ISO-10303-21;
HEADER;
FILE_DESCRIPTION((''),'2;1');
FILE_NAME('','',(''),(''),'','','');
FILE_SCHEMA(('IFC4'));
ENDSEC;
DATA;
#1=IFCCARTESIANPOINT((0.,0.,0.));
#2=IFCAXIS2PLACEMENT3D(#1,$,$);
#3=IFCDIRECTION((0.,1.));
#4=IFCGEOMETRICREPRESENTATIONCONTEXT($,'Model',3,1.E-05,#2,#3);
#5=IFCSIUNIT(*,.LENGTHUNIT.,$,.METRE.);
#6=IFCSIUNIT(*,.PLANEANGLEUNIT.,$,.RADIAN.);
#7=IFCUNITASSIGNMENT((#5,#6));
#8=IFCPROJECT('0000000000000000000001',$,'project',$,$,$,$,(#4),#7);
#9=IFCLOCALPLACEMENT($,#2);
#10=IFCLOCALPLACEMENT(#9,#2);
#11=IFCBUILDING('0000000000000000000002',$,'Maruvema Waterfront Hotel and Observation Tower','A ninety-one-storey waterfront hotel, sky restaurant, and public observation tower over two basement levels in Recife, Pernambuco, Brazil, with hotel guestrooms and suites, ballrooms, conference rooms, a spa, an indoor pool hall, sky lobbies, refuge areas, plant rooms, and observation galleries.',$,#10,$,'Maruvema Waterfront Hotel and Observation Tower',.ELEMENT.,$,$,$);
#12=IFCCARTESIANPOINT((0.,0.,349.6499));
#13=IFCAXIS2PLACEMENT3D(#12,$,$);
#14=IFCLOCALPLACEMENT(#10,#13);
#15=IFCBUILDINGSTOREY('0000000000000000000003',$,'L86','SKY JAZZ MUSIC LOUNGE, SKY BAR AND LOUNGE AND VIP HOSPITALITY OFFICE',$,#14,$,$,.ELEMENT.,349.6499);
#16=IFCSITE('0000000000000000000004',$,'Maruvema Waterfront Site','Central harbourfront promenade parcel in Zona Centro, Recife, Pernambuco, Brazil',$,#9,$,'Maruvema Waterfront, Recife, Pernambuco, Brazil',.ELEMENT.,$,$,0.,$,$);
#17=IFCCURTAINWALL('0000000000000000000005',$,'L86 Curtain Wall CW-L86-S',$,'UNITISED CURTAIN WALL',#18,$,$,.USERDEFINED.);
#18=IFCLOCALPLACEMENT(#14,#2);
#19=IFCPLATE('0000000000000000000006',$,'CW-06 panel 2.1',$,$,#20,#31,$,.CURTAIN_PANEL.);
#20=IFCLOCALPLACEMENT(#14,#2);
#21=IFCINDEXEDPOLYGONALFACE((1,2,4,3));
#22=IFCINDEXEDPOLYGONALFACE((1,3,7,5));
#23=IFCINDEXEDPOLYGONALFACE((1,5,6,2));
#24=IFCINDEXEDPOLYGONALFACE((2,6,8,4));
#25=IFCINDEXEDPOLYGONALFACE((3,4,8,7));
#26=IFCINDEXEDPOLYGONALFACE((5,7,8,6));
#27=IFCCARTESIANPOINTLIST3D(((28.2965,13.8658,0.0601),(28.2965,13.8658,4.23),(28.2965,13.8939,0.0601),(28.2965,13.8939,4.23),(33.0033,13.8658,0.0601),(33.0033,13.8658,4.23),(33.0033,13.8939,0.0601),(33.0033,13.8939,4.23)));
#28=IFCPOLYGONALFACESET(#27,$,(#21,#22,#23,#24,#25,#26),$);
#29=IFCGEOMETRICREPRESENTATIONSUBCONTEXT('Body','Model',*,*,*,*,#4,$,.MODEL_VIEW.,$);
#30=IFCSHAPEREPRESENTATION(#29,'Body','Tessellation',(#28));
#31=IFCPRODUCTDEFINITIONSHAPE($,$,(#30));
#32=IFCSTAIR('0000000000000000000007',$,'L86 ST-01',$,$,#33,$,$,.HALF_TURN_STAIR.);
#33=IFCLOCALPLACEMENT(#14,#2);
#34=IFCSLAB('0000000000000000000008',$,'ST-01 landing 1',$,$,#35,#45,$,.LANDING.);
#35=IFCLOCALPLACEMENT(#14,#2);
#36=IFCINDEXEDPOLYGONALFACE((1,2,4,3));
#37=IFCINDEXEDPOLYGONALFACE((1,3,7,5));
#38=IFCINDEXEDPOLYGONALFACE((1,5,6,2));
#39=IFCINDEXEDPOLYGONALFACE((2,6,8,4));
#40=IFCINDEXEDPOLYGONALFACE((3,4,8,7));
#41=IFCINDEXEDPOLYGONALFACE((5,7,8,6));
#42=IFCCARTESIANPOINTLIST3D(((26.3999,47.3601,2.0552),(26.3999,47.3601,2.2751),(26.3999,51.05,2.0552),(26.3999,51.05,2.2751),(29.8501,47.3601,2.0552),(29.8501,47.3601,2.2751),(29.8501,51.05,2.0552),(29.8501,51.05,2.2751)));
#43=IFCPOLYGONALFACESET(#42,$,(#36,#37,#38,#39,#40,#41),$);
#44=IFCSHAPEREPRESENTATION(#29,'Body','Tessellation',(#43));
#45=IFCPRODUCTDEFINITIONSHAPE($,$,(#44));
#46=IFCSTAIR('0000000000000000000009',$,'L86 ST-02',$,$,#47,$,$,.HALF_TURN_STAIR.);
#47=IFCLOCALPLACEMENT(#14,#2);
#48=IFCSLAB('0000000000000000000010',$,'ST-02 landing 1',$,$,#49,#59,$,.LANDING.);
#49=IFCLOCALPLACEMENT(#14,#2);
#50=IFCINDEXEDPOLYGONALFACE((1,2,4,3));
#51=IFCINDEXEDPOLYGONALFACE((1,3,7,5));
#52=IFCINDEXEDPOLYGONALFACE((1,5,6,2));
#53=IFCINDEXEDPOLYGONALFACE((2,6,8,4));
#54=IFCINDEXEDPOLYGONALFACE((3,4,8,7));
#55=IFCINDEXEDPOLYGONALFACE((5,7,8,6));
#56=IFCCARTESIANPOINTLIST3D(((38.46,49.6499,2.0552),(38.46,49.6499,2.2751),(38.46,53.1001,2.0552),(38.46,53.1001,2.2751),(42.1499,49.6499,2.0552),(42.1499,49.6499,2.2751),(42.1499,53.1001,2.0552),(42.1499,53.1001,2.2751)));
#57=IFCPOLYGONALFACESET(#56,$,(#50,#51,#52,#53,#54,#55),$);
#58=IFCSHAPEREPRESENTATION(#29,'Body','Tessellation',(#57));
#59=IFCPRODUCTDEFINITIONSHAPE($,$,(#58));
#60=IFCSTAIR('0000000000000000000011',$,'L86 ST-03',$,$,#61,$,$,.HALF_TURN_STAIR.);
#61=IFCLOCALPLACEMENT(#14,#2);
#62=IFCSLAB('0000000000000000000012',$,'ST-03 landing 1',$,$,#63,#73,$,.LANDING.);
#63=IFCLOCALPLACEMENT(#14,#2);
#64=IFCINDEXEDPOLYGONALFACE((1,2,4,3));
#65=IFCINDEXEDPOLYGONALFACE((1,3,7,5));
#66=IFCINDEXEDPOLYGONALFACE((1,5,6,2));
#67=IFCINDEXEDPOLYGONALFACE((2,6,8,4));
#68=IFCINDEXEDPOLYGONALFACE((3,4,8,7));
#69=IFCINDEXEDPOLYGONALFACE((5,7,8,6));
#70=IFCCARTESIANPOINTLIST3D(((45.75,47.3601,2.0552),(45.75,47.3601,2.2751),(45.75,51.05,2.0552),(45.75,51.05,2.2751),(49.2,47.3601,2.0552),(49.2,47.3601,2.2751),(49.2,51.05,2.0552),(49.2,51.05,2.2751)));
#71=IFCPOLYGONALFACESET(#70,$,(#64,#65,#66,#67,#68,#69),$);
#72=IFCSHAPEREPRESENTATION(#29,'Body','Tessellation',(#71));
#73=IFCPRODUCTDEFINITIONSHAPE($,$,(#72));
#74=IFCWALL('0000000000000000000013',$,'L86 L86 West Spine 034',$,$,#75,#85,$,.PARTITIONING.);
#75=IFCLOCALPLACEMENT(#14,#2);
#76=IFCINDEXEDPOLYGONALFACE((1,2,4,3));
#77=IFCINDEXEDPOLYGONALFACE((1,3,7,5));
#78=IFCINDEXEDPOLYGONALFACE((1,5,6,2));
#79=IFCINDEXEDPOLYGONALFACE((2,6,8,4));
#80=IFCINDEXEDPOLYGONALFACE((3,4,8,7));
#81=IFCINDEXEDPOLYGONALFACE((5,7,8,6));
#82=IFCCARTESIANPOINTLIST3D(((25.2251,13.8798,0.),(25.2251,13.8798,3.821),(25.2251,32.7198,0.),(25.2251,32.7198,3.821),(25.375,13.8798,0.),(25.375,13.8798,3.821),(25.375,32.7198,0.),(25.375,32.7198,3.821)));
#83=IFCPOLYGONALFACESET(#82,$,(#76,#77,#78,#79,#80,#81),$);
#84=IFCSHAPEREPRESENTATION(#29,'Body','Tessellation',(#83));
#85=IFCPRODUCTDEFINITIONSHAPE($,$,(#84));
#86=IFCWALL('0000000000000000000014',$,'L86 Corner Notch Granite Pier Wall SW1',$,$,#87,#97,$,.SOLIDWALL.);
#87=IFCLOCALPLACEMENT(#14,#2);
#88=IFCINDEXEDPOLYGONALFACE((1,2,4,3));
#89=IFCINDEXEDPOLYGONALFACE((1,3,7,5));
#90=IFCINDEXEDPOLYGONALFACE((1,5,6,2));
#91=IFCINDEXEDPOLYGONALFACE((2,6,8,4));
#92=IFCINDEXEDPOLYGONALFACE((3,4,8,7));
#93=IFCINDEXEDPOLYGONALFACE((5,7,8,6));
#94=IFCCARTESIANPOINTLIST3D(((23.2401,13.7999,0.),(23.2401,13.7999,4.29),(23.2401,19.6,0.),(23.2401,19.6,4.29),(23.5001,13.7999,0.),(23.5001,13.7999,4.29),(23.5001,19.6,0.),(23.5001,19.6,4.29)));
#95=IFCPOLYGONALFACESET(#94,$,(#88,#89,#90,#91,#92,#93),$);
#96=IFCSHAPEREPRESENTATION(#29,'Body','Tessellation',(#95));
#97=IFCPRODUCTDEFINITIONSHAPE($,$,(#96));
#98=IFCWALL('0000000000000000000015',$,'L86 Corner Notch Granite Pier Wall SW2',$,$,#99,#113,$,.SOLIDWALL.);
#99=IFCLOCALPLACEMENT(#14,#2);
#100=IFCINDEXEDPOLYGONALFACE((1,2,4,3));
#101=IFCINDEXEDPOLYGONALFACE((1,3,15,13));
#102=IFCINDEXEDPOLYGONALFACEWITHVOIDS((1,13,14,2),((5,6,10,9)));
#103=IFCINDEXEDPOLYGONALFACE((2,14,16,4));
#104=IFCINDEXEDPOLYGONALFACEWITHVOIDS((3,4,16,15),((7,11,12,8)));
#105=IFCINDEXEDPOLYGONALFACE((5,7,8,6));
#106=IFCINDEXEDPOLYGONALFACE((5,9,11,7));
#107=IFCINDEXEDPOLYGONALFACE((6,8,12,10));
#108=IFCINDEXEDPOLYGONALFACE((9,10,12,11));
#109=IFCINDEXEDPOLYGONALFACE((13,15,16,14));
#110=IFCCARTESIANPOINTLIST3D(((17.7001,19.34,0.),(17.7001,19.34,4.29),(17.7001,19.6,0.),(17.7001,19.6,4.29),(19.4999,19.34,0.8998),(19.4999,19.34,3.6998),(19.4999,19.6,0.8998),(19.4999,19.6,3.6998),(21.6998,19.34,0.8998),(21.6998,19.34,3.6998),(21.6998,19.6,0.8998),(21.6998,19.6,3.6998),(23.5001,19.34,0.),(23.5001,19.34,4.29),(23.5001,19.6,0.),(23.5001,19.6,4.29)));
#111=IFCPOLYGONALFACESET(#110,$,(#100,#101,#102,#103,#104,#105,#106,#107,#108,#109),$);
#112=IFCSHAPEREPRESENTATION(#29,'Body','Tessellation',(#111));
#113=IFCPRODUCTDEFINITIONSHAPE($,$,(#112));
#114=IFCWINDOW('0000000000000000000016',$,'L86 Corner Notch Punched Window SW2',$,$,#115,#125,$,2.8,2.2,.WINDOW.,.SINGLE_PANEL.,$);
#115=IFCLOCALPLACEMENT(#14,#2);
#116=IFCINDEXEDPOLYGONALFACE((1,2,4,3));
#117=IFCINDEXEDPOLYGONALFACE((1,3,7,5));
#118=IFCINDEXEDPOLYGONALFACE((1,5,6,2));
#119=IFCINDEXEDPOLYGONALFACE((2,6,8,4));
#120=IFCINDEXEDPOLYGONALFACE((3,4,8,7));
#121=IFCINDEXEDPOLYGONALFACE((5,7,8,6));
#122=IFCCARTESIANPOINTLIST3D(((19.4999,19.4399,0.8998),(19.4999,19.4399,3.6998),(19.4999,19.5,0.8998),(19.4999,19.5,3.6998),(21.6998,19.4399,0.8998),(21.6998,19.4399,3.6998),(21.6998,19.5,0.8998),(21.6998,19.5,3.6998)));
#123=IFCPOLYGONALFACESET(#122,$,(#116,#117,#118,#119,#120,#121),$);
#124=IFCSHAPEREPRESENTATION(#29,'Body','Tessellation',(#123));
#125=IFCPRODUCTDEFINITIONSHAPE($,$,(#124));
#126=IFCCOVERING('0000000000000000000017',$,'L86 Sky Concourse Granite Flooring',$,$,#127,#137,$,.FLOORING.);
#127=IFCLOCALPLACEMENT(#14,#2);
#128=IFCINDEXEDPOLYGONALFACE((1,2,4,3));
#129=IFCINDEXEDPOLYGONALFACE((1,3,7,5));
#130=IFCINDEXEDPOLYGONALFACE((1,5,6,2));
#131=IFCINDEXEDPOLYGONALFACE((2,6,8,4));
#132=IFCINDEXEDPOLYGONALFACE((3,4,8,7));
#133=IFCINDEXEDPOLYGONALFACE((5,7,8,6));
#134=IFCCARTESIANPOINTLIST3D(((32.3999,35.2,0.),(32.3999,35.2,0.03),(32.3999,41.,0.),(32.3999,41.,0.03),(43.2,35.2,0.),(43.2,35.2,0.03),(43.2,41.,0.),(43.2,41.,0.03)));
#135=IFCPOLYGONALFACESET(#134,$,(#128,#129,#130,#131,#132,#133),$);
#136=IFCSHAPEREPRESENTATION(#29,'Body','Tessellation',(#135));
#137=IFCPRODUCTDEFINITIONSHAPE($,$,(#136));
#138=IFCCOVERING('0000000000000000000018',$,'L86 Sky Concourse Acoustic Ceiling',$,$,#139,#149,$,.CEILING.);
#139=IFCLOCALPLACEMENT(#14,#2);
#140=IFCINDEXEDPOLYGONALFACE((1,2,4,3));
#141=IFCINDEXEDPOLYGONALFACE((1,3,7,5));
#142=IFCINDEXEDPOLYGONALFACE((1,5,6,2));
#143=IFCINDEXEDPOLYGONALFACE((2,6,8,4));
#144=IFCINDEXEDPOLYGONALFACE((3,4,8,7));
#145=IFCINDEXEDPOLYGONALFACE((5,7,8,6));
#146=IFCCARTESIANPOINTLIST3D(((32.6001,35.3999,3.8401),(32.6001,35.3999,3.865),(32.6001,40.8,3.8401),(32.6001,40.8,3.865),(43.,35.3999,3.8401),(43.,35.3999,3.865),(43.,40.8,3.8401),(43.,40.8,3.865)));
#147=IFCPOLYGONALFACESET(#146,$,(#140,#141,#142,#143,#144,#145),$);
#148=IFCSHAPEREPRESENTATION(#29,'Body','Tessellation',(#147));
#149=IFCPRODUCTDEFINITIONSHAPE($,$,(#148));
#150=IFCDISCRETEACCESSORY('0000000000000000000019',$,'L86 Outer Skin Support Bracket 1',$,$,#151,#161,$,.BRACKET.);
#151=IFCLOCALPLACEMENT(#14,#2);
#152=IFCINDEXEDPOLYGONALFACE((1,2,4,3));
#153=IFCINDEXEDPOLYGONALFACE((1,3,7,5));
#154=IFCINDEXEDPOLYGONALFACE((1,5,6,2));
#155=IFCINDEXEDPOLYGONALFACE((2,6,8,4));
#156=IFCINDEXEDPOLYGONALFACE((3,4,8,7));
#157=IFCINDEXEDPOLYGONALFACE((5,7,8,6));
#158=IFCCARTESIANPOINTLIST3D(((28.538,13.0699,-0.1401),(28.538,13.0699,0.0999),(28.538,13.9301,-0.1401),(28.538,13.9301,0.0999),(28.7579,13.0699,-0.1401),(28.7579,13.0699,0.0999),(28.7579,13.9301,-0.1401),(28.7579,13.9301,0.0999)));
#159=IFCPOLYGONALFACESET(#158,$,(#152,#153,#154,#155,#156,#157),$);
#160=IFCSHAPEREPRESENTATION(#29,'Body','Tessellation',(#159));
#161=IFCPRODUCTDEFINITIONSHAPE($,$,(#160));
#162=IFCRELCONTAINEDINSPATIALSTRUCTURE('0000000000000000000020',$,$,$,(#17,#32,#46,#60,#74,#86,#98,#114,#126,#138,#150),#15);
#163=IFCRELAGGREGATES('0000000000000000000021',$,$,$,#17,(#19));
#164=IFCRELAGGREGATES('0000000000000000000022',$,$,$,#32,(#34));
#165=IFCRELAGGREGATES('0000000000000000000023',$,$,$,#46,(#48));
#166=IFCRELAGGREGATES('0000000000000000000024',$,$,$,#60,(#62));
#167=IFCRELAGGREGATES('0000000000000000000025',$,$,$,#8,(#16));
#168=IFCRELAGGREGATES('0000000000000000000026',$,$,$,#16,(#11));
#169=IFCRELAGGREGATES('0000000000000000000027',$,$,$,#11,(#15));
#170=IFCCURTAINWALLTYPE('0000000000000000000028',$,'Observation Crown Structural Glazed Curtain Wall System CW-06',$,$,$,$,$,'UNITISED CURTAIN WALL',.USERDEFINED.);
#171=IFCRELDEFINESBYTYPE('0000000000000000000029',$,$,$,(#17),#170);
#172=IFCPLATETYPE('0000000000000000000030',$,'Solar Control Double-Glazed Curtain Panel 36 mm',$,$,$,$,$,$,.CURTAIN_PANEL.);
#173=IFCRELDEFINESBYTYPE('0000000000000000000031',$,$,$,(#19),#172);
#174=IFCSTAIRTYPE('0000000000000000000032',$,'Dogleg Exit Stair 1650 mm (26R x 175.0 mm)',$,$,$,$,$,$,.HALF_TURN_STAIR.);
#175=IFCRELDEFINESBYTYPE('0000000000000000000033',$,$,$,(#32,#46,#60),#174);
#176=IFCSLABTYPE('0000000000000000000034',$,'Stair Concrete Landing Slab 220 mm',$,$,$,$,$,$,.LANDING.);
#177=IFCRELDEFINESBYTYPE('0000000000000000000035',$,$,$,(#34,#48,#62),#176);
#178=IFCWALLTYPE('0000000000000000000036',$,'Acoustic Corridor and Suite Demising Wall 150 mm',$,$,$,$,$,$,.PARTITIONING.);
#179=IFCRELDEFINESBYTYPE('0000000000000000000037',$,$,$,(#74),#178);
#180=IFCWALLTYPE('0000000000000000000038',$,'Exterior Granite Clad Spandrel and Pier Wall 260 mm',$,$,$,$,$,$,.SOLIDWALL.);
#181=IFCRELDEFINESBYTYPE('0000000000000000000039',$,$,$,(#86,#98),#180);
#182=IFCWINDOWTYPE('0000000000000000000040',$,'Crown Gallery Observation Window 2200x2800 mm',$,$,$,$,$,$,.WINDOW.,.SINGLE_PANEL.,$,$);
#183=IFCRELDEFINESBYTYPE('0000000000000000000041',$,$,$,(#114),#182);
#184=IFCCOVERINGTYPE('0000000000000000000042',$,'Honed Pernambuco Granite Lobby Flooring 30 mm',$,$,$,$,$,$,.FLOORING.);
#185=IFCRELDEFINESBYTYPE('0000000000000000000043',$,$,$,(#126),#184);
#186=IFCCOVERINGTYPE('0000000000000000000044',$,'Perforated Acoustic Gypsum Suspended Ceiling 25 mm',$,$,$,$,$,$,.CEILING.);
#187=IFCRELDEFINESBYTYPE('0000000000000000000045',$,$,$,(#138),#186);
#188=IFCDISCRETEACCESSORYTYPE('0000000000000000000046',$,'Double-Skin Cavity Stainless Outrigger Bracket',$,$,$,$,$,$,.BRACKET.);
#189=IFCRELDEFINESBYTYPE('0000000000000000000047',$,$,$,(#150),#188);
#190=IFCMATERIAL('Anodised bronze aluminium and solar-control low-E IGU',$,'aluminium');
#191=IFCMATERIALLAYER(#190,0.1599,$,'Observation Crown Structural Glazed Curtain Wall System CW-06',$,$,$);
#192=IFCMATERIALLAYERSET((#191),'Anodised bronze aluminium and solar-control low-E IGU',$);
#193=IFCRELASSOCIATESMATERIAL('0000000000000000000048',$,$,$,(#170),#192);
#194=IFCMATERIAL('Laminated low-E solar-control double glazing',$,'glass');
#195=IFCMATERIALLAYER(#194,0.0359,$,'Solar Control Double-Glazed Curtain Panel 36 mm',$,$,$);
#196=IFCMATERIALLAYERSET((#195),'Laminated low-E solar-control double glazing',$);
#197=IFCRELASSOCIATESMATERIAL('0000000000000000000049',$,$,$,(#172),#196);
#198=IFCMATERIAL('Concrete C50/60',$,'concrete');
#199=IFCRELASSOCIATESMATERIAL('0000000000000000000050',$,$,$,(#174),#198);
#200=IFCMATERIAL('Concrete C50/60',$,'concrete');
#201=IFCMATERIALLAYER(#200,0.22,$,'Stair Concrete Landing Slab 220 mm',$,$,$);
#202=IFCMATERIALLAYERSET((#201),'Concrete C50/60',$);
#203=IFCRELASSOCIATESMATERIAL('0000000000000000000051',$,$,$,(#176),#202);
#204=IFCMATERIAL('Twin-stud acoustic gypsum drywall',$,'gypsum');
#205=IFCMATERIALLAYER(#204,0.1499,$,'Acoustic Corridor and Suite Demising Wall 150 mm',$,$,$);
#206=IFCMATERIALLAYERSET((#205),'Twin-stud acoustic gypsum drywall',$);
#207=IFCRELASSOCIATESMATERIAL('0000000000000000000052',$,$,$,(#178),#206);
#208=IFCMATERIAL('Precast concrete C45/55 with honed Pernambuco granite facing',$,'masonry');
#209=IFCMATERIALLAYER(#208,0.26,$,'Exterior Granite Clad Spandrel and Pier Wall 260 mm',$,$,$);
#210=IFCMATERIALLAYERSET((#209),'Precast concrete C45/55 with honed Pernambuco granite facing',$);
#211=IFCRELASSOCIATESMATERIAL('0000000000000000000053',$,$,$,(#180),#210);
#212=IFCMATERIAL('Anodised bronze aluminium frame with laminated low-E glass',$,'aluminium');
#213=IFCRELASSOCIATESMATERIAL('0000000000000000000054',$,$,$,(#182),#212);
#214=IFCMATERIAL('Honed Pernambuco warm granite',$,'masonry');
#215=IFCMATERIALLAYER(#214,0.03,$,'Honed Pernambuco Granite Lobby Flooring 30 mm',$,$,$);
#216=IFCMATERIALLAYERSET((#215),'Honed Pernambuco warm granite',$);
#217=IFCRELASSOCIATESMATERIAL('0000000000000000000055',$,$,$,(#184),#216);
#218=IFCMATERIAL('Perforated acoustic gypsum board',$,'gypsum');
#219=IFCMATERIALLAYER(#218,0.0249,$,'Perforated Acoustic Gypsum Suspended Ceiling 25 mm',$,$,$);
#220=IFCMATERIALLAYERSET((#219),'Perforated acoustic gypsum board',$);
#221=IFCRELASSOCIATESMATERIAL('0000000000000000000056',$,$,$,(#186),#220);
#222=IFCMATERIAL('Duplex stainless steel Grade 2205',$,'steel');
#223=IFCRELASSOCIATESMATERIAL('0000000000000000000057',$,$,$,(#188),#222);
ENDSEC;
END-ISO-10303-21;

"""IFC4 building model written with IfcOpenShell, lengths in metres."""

from ifc_helpers import new_model, si_unit, direction, frame, frame_2d, origin, origin_2d, place, context, subcontext, project, spatial, polyline, rectangle, outline, extrude, material, layer, layer_set, type_object, element, fill, aggregate, save


model = new_model("IFC4")

# Units and contexts
model_context = context("Model", 3, precision=1e-05, world=origin(), true_north=direction((0.0, 1.0)))
body_context = subcontext(model_context, "Body", "Model", "MODEL_VIEW")
ifc_project = project(units=[si_unit("LENGTHUNIT", "METRE"), si_unit("PLANEANGLEUNIT", "RADIAN")], contexts=[model_context])

# Site, building, storey
site_placement = place(None, origin())
site = spatial("IfcSite", under=ifc_project, at=site_placement, Name="Maruvema Waterfront Site", Description="Central harbourfront promenade parcel in Zona Centro, Recife, Pernambuco, Brazil", LongName="Maruvema Waterfront, Recife, Pernambuco, Brazil", CompositionType="ELEMENT", RefElevation=0.0)
building_placement = place(site_placement, origin())
building = spatial("IfcBuilding", under=site, at=building_placement, Name="Maruvema Waterfront Hotel and Observation Tower", Description="A ninety-one-storey waterfront hotel, sky restaurant, and public observation tower over two basement levels in Recife, Pernambuco, Brazil, with hotel guestrooms and suites, ballrooms, conference rooms, a spa, an indoor pool hall, sky lobbies, refuge areas, plant rooms, and observation galleries.", LongName="Maruvema Waterfront Hotel and Observation Tower", CompositionType="ELEMENT")
storey_placement = place(building_placement, frame((0.0, 0.0, 349.6499)))
storey = spatial("IfcBuildingStorey", under=building, at=storey_placement, Name="L86", Description="SKY JAZZ MUSIC LOUNGE, SKY BAR AND LOUNGE AND VIP HOSPITALITY OFFICE", CompositionType="ELEMENT", Elevation=349.6499)

# Curtain wall
ifc_material_1 = material(Name="Anodised bronze aluminium and solar-control low-E IGU", Category="aluminium")
ifc_layer_1 = layer(ifc_material_1, 0.1599, Name="Observation Crown Structural Glazed Curtain Wall System CW-06")
ifc_layer_set_1 = layer_set([ifc_layer_1], Name="Anodised bronze aluminium and solar-control low-E IGU")
curtain_wall_type = type_object("IfcCurtainWallType", Name="Observation Crown Structural Glazed Curtain Wall System CW-06", ElementType="UNITISED CURTAIN WALL", PredefinedType="USERDEFINED", material=ifc_layer_set_1)
curtain_wall_placement = place(storey_placement, origin())
curtain_wall = element("IfcCurtainWall", 1, at=curtain_wall_placement, inside=storey, type_object=curtain_wall_type, Name="L86 Curtain Wall CW-L86-S", ObjectType="UNITISED CURTAIN WALL", PredefinedType="USERDEFINED")

# Plate
ifc_material_2 = material(Name="Laminated low-E solar-control double glazing", Category="glass")
ifc_layer_2 = layer(ifc_material_2, 0.0359, Name="Solar Control Double-Glazed Curtain Panel 36 mm")
ifc_layer_set_2 = layer_set([ifc_layer_2], Name="Laminated low-E solar-control double glazing")
plate_type = type_object("IfcPlateType", Name="Solar Control Double-Glazed Curtain Panel 36 mm", PredefinedType="CURTAIN_PANEL", material=ifc_layer_set_2)
plate_1_placement = place(storey_placement, frame((30.6499, 13.8799, 0.0601), z_axis=(0.0, 0.0, 1.0), x_axis=(1.0, 0.0, 0.0)))
plate_1 = element("IfcPlate", 2, at=plate_1_placement, type_object=plate_type, Name="CW-06 panel 2.1", PredefinedType="CURTAIN_PANEL", context=body_context, shape_type="SweptSolid", body=[
    extrude(rectangle(XDim=4.7068, YDim=0.0281, at=origin_2d()), origin(), (0.0, 0.0, 1.0), 4.1699),
])
aggregate(curtain_wall, [plate_1])

# Stairs, slabs
ifc_material_3 = material(Name="Concrete C50/60", Category="concrete")
stair_type = type_object("IfcStairType", Name="Dogleg Exit Stair 1650 mm (26R x 175.0 mm)", PredefinedType="HALF_TURN_STAIR", material=ifc_material_3)
stair_1_placement = place(storey_placement, origin())
stair_1 = element("IfcStair", 3, at=stair_1_placement, inside=storey, type_object=stair_type, Name="L86 ST-01", PredefinedType="HALF_TURN_STAIR")
ifc_material_4 = material(Name="Concrete C50/60", Category="concrete")
ifc_layer_3 = layer(ifc_material_4, 0.22, Name="Stair Concrete Landing Slab 220 mm")
ifc_layer_set_3 = layer_set([ifc_layer_3], Name="Concrete C50/60")
slab_type_1 = type_object("IfcSlabType", Name="Stair Concrete Landing Slab 220 mm", PredefinedType="LANDING", material=ifc_layer_set_3)
slab_1_placement = place(storey_placement, frame((0.0, 0.0, 2.0552)))
slab_1 = element("IfcSlab", 4, at=slab_1_placement, type_object=slab_type_1, Name="ST-01 landing 1", PredefinedType="LANDING", context=body_context, shape_type="SweptSolid", body=[
    extrude(outline(polyline([(29.8501, 47.3601), (29.8501, 51.05), (26.3999, 51.05), (26.3999, 47.3601), (29.8501, 47.3601)])), origin(), (0.0, 0.0, 1.0), 0.22),
])
aggregate(stair_1, [slab_1])
stair_2_placement = place(storey_placement, origin())
stair_2 = element("IfcStair", 5, at=stair_2_placement, inside=storey, type_object=stair_type, Name="L86 ST-02", PredefinedType="HALF_TURN_STAIR")
slab_2_placement = place(storey_placement, frame((0.0, 0.0, 2.0552)))
slab_2 = element("IfcSlab", 6, at=slab_2_placement, type_object=slab_type_1, Name="ST-02 landing 1", PredefinedType="LANDING", context=body_context, shape_type="SweptSolid", body=[
    extrude(outline(polyline([(38.46, 49.6499), (42.1499, 49.6499), (42.1499, 53.1001), (38.46, 53.1001), (38.46, 49.6499)])), origin(), (0.0, 0.0, 1.0), 0.22),
])
aggregate(stair_2, [slab_2])
stair_3_placement = place(storey_placement, origin())
stair_3 = element("IfcStair", 7, at=stair_3_placement, inside=storey, type_object=stair_type, Name="L86 ST-03", PredefinedType="HALF_TURN_STAIR")
slab_3_placement = place(storey_placement, frame((0.0, 0.0, 2.0552)))
slab_3 = element("IfcSlab", 8, at=slab_3_placement, type_object=slab_type_1, Name="ST-03 landing 1", PredefinedType="LANDING", context=body_context, shape_type="SweptSolid", body=[
    extrude(outline(polyline([(49.2, 47.3601), (49.2, 51.05), (45.75, 51.05), (45.75, 47.3601), (49.2, 47.3601)])), origin(), (0.0, 0.0, 1.0), 0.22),
])
aggregate(stair_3, [slab_3])

# Walls
ifc_material_5 = material(Name="Twin-stud acoustic gypsum drywall", Category="gypsum")
ifc_layer_4 = layer(ifc_material_5, 0.1499, Name="Acoustic Corridor and Suite Demising Wall 150 mm")
ifc_layer_set_4 = layer_set([ifc_layer_4], Name="Twin-stud acoustic gypsum drywall")
wall_type_1 = type_object("IfcWallType", Name="Acoustic Corridor and Suite Demising Wall 150 mm", PredefinedType="PARTITIONING", material=ifc_layer_set_4)
wall_1_placement = place(storey_placement, frame((25.3, 13.8799, 0.0), z_axis=(0.0, 0.0, 1.0), x_axis=(0.0, 1.0, 0.0)))
element("IfcWall", 9, at=wall_1_placement, inside=storey, type_object=wall_type_1, Name="L86 L86 West Spine 034", PredefinedType="PARTITIONING", context=body_context, shape_type="SweptSolid", body=[
    extrude(rectangle(XDim=18.8401, YDim=0.1499, at=frame_2d((9.4199, 0.0))), origin(), (0.0, 0.0, 1.0), 3.821),
])
ifc_material_6 = material(Name="Precast concrete C45/55 with honed Pernambuco granite facing", Category="masonry")
ifc_layer_5 = layer(ifc_material_6, 0.26, Name="Exterior Granite Clad Spandrel and Pier Wall 260 mm")
ifc_layer_set_5 = layer_set([ifc_layer_5], Name="Precast concrete C45/55 with honed Pernambuco granite facing")
wall_type_2 = type_object("IfcWallType", Name="Exterior Granite Clad Spandrel and Pier Wall 260 mm", PredefinedType="SOLIDWALL", material=ifc_layer_set_5)
wall_2_placement = place(storey_placement, frame((23.3701, 13.8, 0.0), z_axis=(0.0, 0.0, 1.0), x_axis=(0.0, 1.0, 0.0)))
element("IfcWall", 10, at=wall_2_placement, inside=storey, type_object=wall_type_2, Name="L86 Corner Notch Granite Pier Wall SW1", PredefinedType="SOLIDWALL", context=body_context, shape_type="SweptSolid", body=[
    extrude(rectangle(XDim=5.8, YDim=0.26, at=frame_2d((2.8999, 0.0))), origin(), (0.0, 0.0, 1.0), 4.29),
])

# Wall, opening, window
wall_3_placement = place(storey_placement, frame((23.5, 19.47, 0.0), z_axis=(0.0, 0.0, 1.0), x_axis=(-1.0, 0.0, 0.0)))
wall_3 = element("IfcWall", 11, at=wall_3_placement, inside=storey, type_object=wall_type_2, Name="L86 Corner Notch Granite Pier Wall SW2", PredefinedType="SOLIDWALL", context=body_context, shape_type="SweptSolid", body=[
    extrude(rectangle(XDim=5.8, YDim=0.26, at=frame_2d((2.8999, 0.0))), origin(), (0.0, 0.0, 1.0), 4.29),
])
opening_placement = place(wall_3_placement, frame((1.8, 0.0, 0.8999)))
opening = element("IfcOpeningElement", 12, at=opening_placement, cuts=wall_3, PredefinedType="OPENING", context=body_context, shape_type="SweptSolid", body=[
    extrude(rectangle(XDim=2.2, YDim=2.8, at=frame_2d((1.1001, 1.3999))), frame((0.0, 0.1401, 0.0), z_axis=(0.0, -1.0, 0.0), x_axis=(1.0, 0.0, 0.0)), (0.0, 0.0, 1.0), 0.28),
])
ifc_material_7 = material(Name="Anodised bronze aluminium frame with laminated low-E glass", Category="aluminium")
window_type = type_object("IfcWindowType", Name="Crown Gallery Observation Window 2200x2800 mm", PartitioningType="SINGLE_PANEL", PredefinedType="WINDOW", material=ifc_material_7)
window_placement = place(opening_placement, origin())
window = element("IfcWindow", 13, at=window_placement, inside=storey, type_object=window_type, Name="L86 Corner Notch Punched Window SW2", OverallHeight=2.8, OverallWidth=2.2, PartitioningType="SINGLE_PANEL", PredefinedType="WINDOW", context=body_context, shape_type="SweptSolid", body=[
    extrude(rectangle(XDim=2.2, YDim=2.8, at=frame_2d((1.1001, 1.3999))), frame((0.0, 0.03, 0.0), z_axis=(0.0, -1.0, 0.0), x_axis=(1.0, 0.0, 0.0)), (0.0, 0.0, 1.0), 0.0601),
])
fill(opening, window)

# Coverings
ifc_material_8 = material(Name="Honed Pernambuco warm granite", Category="masonry")
ifc_layer_6 = layer(ifc_material_8, 0.03, Name="Honed Pernambuco Granite Lobby Flooring 30 mm")
ifc_layer_set_6 = layer_set([ifc_layer_6], Name="Honed Pernambuco warm granite")
covering_type_1 = type_object("IfcCoveringType", Name="Honed Pernambuco Granite Lobby Flooring 30 mm", PredefinedType="FLOORING", material=ifc_layer_set_6)
covering_1_placement = place(storey_placement, origin())
element("IfcCovering", 14, at=covering_1_placement, inside=storey, type_object=covering_type_1, Name="L86 Sky Concourse Granite Flooring", PredefinedType="FLOORING", context=body_context, shape_type="SweptSolid", body=[
    extrude(outline(polyline([(32.3999, 35.2), (43.2, 35.2), (43.2, 41.0), (32.3999, 41.0), (32.3999, 35.2)])), origin(), (0.0, 0.0, 1.0), 0.03),
])
ifc_material_9 = material(Name="Perforated acoustic gypsum board", Category="gypsum")
ifc_layer_7 = layer(ifc_material_9, 0.0249, Name="Perforated Acoustic Gypsum Suspended Ceiling 25 mm")
ifc_layer_set_7 = layer_set([ifc_layer_7], Name="Perforated acoustic gypsum board")
covering_type_2 = type_object("IfcCoveringType", Name="Perforated Acoustic Gypsum Suspended Ceiling 25 mm", PredefinedType="CEILING", material=ifc_layer_set_7)
covering_2_placement = place(storey_placement, frame((0.0, 0.0, 3.8401)))
element("IfcCovering", 15, at=covering_2_placement, inside=storey, type_object=covering_type_2, Name="L86 Sky Concourse Acoustic Ceiling", PredefinedType="CEILING", context=body_context, shape_type="SweptSolid", body=[
    extrude(outline(polyline([(32.6001, 35.3999), (43.0, 35.3999), (43.0, 40.8), (32.6001, 40.8), (32.6001, 35.3999)])), origin(), (0.0, 0.0, 1.0), 0.0249),
])

# Discrete accessory
ifc_material_10 = material(Name="Duplex stainless steel Grade 2205", Category="steel")
discrete_accessory_type = type_object("IfcDiscreteAccessoryType", Name="Double-Skin Cavity Stainless Outrigger Bracket", PredefinedType="BRACKET", material=ifc_material_10)
discrete_accessory_placement = place(storey_placement, frame((28.6479, 13.5, -0.1401), z_axis=(0.0, 0.0, 1.0), x_axis=(1.0, 0.0, 0.0)))
element("IfcDiscreteAccessory", 16, at=discrete_accessory_placement, inside=storey, type_object=discrete_accessory_type, Name="L86 Outer Skin Support Bracket 1", PredefinedType="BRACKET", context=body_context, shape_type="SweptSolid", body=[
    extrude(rectangle(XDim=0.22, YDim=0.8601, at=origin_2d()), origin(), (0.0, 0.0, 1.0), 0.24),
])

save(model, "model.ifc")
